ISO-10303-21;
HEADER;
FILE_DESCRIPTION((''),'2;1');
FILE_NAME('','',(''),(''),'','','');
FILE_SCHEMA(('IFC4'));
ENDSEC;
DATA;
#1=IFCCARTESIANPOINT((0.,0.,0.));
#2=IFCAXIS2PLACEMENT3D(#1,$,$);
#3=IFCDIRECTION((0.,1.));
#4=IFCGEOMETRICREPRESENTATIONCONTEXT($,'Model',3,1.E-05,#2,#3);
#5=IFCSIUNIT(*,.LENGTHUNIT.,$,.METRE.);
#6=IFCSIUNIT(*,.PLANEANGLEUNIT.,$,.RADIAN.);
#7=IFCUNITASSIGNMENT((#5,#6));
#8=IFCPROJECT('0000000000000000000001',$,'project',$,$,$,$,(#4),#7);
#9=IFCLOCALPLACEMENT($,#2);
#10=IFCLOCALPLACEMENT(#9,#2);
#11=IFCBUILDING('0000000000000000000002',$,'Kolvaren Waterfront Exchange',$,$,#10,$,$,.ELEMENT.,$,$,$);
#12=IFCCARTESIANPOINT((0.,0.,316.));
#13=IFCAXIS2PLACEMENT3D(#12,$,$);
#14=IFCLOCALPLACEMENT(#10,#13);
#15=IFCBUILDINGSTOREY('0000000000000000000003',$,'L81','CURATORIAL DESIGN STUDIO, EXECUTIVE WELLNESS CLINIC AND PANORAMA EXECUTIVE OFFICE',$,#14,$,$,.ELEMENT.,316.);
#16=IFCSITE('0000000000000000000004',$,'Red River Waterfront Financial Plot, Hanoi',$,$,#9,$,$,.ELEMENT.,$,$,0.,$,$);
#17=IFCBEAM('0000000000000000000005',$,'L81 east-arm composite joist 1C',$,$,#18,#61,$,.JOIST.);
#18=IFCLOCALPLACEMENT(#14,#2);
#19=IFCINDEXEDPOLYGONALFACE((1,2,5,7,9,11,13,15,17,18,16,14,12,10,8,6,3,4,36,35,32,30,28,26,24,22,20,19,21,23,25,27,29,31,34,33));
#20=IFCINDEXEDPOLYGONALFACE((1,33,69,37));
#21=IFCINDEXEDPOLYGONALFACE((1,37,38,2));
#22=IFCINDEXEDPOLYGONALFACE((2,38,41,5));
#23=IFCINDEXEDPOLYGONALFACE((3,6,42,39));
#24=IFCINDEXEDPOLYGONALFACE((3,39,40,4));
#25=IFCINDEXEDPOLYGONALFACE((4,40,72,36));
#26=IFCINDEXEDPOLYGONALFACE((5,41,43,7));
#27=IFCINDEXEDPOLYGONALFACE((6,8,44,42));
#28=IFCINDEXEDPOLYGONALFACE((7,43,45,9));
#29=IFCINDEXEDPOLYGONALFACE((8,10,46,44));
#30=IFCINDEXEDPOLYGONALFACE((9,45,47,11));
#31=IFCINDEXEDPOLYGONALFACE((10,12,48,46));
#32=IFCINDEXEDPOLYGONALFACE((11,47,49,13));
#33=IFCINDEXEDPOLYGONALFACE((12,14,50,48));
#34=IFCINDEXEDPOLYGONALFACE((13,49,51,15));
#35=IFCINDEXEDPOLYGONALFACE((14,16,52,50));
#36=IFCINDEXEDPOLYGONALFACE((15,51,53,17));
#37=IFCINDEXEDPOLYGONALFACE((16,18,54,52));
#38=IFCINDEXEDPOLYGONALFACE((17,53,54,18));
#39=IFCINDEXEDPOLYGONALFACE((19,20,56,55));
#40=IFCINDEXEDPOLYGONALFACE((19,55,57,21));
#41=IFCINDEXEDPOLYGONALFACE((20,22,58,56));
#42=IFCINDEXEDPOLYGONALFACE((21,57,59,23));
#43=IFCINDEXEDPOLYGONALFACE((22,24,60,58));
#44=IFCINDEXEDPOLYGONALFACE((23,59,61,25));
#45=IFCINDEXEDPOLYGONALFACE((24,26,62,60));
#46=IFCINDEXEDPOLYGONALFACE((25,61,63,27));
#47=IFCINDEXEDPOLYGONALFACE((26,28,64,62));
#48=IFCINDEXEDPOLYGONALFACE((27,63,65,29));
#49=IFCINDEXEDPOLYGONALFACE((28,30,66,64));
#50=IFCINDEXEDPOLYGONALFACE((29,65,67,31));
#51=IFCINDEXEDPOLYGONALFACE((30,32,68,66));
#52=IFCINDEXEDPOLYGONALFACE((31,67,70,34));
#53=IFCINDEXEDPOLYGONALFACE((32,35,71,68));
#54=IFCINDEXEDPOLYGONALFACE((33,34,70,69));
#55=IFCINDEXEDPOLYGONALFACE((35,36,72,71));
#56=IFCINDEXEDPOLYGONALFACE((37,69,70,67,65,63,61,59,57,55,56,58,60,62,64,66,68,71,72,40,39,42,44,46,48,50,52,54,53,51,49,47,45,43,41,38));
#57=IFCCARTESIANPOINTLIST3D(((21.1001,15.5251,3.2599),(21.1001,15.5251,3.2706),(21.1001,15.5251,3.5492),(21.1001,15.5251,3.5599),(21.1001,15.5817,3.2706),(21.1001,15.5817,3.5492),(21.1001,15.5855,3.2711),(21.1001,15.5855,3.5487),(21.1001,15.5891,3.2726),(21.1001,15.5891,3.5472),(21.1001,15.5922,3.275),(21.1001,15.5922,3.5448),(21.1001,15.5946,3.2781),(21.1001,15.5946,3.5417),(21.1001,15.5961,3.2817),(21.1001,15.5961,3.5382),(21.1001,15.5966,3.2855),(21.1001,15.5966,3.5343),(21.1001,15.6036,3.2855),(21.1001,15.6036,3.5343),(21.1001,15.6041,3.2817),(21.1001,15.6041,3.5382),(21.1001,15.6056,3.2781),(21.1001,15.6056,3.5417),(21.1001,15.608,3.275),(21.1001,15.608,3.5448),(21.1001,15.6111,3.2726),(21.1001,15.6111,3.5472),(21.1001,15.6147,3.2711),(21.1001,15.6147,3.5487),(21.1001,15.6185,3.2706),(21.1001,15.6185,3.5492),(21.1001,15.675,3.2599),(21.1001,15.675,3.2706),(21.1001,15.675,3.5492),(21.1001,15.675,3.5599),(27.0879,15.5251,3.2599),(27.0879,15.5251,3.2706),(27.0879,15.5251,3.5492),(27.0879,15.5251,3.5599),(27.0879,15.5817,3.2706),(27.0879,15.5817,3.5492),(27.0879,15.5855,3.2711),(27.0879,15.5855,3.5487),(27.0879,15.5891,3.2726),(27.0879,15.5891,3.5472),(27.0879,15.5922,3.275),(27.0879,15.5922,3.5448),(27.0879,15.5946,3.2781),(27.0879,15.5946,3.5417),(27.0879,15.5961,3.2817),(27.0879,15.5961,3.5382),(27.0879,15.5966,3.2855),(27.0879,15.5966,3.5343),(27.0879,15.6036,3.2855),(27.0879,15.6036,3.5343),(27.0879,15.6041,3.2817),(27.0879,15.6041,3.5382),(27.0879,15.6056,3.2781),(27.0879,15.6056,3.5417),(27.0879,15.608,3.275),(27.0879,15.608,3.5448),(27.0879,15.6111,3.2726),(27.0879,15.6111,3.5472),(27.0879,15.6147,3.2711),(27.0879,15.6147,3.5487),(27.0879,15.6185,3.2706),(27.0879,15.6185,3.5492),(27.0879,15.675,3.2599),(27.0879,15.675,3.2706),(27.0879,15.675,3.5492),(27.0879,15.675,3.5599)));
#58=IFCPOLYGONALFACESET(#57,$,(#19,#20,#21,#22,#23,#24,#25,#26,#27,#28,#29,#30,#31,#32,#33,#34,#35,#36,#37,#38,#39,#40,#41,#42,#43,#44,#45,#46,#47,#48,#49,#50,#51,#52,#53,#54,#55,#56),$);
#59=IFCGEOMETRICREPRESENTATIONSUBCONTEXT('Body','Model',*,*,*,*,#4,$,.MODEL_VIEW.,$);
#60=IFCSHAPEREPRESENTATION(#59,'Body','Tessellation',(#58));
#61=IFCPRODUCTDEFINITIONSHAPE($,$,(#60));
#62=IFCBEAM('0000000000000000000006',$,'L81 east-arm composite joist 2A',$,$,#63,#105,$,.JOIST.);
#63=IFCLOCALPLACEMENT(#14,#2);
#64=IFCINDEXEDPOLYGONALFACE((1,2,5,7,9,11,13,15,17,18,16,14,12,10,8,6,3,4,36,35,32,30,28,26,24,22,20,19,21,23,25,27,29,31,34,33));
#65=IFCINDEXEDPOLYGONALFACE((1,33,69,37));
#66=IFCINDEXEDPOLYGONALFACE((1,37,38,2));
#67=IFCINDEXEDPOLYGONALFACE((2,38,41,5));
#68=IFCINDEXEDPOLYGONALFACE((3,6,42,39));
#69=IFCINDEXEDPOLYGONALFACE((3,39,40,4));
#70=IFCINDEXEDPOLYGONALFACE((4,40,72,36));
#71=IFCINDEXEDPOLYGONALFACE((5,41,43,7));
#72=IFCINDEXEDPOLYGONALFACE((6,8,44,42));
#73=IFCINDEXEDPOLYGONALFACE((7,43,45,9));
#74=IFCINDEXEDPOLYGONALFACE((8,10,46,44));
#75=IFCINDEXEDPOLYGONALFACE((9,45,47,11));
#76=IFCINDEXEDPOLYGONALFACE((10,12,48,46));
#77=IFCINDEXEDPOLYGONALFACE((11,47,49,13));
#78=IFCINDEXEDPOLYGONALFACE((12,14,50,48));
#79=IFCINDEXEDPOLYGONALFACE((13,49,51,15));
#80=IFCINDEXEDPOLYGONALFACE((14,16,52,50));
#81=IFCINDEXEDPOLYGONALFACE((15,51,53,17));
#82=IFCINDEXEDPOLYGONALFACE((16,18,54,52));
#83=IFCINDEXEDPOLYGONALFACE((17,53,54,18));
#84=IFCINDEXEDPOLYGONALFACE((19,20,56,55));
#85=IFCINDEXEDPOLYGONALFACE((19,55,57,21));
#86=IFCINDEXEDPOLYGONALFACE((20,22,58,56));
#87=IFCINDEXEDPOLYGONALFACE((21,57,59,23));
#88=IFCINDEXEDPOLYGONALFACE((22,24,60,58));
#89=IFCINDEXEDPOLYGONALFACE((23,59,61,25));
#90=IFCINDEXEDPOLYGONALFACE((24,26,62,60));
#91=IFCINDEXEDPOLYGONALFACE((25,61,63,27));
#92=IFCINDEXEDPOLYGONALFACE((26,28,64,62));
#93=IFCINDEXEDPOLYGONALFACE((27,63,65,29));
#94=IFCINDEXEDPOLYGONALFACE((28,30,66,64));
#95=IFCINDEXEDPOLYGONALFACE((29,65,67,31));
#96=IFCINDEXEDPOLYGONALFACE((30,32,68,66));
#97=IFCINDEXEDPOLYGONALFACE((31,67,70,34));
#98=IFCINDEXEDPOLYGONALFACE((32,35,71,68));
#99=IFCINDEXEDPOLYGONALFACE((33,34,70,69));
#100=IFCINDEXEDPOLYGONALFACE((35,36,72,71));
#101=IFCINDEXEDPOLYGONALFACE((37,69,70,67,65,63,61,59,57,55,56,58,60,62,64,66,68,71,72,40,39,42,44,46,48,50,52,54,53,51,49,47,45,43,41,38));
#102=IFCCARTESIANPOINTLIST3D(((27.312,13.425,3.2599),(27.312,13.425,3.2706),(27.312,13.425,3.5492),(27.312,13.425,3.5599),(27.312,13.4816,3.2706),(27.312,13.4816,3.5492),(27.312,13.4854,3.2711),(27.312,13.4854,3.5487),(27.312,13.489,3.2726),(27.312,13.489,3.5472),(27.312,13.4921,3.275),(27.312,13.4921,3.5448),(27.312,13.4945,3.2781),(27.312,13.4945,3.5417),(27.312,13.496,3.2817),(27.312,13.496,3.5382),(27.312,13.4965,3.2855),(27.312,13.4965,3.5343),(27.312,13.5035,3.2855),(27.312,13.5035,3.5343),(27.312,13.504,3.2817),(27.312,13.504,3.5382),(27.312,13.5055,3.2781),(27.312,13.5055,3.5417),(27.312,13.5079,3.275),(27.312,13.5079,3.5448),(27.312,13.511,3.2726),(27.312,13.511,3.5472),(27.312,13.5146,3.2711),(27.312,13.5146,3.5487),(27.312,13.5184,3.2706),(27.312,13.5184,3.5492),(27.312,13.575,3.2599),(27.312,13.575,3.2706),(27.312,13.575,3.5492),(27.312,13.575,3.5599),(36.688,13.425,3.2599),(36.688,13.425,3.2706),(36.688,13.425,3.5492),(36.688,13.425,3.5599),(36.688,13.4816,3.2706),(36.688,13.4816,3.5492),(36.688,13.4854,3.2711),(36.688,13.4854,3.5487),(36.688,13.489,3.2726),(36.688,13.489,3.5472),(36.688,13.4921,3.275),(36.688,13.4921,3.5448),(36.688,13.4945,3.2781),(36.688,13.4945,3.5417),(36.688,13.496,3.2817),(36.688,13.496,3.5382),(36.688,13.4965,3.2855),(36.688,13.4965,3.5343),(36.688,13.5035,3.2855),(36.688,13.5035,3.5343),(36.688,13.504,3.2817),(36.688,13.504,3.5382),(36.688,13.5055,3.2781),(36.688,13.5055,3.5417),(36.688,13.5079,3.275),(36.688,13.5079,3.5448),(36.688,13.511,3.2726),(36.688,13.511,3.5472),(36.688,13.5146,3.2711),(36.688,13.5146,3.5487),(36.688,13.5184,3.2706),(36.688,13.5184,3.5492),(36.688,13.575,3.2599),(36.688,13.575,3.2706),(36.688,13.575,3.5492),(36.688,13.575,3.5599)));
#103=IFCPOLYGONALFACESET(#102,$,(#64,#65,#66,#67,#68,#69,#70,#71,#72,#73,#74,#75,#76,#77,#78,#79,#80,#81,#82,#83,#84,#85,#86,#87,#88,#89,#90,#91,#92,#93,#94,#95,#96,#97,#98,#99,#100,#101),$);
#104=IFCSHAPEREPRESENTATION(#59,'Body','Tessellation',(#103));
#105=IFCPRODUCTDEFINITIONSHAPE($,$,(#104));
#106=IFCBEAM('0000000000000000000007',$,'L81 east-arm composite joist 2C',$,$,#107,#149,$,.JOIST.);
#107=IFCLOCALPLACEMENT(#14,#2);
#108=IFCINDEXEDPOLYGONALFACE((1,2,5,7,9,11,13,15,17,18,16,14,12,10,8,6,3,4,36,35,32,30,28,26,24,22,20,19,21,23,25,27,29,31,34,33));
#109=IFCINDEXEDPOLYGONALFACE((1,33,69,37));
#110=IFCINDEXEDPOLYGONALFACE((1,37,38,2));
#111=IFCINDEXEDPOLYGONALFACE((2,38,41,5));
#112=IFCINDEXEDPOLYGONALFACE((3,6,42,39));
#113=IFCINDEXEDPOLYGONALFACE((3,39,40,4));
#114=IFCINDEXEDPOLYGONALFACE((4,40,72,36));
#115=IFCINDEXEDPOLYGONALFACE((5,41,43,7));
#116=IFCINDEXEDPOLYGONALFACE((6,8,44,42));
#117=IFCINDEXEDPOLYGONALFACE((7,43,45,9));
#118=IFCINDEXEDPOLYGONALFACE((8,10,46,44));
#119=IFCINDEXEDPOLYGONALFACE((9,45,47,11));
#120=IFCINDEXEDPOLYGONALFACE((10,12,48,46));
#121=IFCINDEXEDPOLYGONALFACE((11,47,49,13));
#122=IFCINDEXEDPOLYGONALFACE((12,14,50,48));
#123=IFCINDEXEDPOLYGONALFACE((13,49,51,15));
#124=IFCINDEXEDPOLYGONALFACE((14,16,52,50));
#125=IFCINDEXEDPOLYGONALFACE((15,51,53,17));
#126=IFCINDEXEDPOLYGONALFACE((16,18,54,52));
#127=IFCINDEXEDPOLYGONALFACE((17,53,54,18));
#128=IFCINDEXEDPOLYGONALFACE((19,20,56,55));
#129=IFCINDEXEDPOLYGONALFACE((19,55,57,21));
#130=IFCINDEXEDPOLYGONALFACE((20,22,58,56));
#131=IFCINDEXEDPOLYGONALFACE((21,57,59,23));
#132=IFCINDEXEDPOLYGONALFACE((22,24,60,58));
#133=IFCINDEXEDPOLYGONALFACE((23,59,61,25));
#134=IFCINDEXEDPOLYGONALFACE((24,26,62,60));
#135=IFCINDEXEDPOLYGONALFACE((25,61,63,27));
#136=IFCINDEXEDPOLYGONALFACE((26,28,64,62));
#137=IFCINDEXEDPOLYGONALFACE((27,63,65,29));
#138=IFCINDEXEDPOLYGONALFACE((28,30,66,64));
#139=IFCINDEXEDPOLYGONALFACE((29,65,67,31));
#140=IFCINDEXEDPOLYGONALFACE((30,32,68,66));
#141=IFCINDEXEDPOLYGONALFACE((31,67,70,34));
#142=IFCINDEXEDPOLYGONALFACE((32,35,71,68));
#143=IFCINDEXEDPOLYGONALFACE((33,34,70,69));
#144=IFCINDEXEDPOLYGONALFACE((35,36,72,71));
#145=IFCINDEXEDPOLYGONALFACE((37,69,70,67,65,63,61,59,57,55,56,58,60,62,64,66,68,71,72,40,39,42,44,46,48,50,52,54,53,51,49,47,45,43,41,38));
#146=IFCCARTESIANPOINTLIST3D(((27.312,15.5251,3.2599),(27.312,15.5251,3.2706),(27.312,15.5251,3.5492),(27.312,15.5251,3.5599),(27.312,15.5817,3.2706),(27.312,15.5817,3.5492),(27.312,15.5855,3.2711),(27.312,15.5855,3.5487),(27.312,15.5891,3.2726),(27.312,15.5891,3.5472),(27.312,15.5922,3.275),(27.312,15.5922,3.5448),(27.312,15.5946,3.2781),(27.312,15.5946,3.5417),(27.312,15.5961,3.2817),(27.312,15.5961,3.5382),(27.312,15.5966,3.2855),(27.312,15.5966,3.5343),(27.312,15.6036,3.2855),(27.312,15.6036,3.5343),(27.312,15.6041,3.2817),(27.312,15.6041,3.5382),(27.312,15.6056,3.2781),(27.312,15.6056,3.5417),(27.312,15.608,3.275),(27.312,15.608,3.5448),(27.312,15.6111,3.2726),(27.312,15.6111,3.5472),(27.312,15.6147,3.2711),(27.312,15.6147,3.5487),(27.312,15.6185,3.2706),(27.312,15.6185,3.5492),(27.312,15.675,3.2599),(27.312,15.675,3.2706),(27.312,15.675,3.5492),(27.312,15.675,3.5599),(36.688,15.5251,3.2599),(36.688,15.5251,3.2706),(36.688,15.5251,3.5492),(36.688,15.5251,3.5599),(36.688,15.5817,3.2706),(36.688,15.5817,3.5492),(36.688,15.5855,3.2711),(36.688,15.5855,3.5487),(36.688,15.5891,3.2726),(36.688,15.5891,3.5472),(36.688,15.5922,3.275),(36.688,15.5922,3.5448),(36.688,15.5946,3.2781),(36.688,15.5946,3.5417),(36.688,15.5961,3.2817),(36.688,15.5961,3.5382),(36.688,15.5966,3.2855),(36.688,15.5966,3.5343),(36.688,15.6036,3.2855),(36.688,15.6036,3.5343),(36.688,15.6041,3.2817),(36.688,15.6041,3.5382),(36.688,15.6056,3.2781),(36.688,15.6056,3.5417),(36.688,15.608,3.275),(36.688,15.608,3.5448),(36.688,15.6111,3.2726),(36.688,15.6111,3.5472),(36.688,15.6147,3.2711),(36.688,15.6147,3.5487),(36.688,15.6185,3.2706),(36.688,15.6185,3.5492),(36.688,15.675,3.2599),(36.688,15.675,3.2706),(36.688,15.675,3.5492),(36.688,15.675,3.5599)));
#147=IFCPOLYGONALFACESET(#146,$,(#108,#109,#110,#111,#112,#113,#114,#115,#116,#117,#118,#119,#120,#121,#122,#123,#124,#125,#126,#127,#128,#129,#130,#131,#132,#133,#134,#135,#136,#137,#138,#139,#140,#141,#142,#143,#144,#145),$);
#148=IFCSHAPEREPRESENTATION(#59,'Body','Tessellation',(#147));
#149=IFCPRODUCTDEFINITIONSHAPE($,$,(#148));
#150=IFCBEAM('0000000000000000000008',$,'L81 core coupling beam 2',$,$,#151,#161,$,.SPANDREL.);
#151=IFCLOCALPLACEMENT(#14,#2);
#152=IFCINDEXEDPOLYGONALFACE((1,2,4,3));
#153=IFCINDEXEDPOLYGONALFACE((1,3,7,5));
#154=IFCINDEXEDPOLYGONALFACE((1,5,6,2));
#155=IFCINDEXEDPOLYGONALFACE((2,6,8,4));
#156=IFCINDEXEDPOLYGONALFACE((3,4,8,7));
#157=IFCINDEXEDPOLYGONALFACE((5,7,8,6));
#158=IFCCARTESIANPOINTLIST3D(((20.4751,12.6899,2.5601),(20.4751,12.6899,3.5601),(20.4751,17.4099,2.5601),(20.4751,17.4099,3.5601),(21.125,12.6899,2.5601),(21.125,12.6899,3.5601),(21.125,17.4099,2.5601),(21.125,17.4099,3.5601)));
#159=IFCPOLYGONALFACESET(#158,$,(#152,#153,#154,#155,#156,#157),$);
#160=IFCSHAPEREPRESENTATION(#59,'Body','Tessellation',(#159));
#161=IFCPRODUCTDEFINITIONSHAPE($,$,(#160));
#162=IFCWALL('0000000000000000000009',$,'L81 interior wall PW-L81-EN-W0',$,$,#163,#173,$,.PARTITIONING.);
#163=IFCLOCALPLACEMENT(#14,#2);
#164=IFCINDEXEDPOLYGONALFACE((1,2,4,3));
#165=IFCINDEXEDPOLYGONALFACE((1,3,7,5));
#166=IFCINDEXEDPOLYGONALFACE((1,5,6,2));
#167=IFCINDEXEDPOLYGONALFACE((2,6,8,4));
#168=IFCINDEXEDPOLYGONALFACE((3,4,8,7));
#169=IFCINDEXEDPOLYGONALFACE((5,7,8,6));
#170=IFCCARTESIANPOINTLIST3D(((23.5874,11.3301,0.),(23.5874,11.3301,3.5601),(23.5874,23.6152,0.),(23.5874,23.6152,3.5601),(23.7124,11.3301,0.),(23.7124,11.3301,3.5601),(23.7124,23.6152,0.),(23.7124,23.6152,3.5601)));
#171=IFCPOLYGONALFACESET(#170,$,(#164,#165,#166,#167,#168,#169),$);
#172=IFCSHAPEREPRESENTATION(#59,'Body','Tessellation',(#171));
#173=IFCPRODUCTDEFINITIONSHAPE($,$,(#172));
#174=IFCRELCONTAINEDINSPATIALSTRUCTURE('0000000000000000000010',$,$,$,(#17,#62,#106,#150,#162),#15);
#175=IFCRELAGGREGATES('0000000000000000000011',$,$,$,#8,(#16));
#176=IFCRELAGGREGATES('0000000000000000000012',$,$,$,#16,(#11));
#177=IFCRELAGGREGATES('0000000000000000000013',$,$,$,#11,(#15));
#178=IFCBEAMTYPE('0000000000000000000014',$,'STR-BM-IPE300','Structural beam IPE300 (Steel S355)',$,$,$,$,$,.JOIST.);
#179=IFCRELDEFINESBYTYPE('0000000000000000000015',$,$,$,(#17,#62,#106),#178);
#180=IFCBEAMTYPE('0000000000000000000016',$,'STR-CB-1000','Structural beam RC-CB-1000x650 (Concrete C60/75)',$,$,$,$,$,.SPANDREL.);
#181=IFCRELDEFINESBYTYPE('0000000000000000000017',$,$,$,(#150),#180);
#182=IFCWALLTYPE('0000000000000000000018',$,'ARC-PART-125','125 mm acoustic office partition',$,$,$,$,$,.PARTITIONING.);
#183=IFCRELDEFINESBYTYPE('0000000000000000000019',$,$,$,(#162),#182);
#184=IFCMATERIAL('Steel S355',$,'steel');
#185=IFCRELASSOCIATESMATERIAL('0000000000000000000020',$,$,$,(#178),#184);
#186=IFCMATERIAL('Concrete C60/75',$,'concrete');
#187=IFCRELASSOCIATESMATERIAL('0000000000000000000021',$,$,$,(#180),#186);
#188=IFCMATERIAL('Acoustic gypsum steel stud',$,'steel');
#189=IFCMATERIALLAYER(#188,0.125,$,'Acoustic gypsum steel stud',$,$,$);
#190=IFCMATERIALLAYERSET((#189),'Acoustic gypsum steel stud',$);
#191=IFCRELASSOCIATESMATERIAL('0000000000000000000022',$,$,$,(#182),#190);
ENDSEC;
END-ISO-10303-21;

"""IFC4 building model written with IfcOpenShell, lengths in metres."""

from ifc_helpers import new_model, si_unit, direction, frame, frame_2d, origin, origin_2d, place, context, subcontext, project, spatial, rectangle, i_section, extrude, material, layer, layer_set, material_profile, profile_set, type_object, element, save


model = new_model("IFC4")

# Units and contexts
model_context = context("Model", 3, precision=1e-05, world=origin(), true_north=direction((0.0, 1.0)))
body_context = subcontext(model_context, "Body", "Model", "MODEL_VIEW")
ifc_project = project(units=[si_unit("LENGTHUNIT", "METRE"), si_unit("PLANEANGLEUNIT", "RADIAN")], contexts=[model_context])

# Site, building, storey
site_placement = place(None, origin())
site = spatial("IfcSite", under=ifc_project, at=site_placement, Name="Red River Waterfront Financial Plot, Hanoi", CompositionType="ELEMENT", RefElevation=0.0)
building_placement = place(site_placement, origin())
building = spatial("IfcBuilding", under=site, at=building_placement, Name="Kolvaren Waterfront Exchange", CompositionType="ELEMENT")
storey_placement = place(building_placement, frame((0.0, 0.0, 316.0)))
storey = spatial("IfcBuildingStorey", under=building, at=storey_placement, Name="L81", Description="CURATORIAL DESIGN STUDIO, EXECUTIVE WELLNESS CLINIC AND PANORAMA EXECUTIVE OFFICE", CompositionType="ELEMENT", Elevation=316.0)

# Beams
ifc_material_1 = material(Name="Steel S355", Category="steel")
ifc_material_profile_1 = material_profile(ifc_material_1, i_section(OverallWidth=0.1499, OverallDepth=0.3, WebThickness=0.0071, FlangeThickness=0.0107, FilletRadius=0.0149, at=origin_2d()), Name="IPE300")
ifc_profile_set_1 = profile_set([ifc_material_profile_1], Name="Steel S355")
beam_type_1 = type_object("IfcBeamType", Name="STR-BM-IPE300", Description="Structural beam IPE300 (Steel S355)", PredefinedType="JOIST", material=ifc_profile_set_1)
for number, where, z_axis, x_axis, name in (
    (1, (21.1001, 15.6001, 3.4099), (1.0, 0.0, 0.0), (0.0, 1.0, 0.0), "L81 east-arm composite joist 1C"),
):
    element("IfcBeam", number, at=place(storey_placement, frame(where, z_axis=z_axis, x_axis=x_axis)), inside=storey, type_object=beam_type_1, Name=name, PredefinedType="JOIST", context=body_context, shape_type="SweptSolid", body=[
        extrude(i_section(OverallWidth=0.1499, OverallDepth=0.3, WebThickness=0.0071, FlangeThickness=0.0107, FilletRadius=0.0149, at=origin_2d()), origin(), (0.0, 0.0, 1.0), 5.9878),
    ])
for number, where, z_axis, x_axis, name in (
    (2, (27.312, 13.5, 3.4099), (1.0, 0.0, 0.0), (0.0, 1.0, 0.0), "L81 east-arm composite joist 2A"),
    (3, (27.312, 15.6001, 3.4099), (1.0, 0.0, 0.0), (0.0, 1.0, 0.0), "L81 east-arm composite joist 2C"),
):
    element("IfcBeam", number, at=place(storey_placement, frame(where, z_axis=z_axis, x_axis=x_axis)), inside=storey, type_object=beam_type_1, Name=name, PredefinedType="JOIST", context=body_context, shape_type="SweptSolid", body=[
        extrude(i_section(OverallWidth=0.1499, OverallDepth=0.3, WebThickness=0.0071, FlangeThickness=0.0107, FilletRadius=0.0149, at=origin_2d()), origin(), (0.0, 0.0, 1.0), 9.376),
    ])
ifc_material_2 = material(Name="Concrete C60/75", Category="concrete")
ifc_material_profile_2 = material_profile(ifc_material_2, rectangle(XDim=0.6499, YDim=1.0, at=origin_2d()), Name="RC-CB-1000x650")
ifc_profile_set_2 = profile_set([ifc_material_profile_2], Name="Concrete C60/75")
beam_type_2 = type_object("IfcBeamType", Name="STR-CB-1000", Description="Structural beam RC-CB-1000x650 (Concrete C60/75)", PredefinedType="SPANDREL", material=ifc_profile_set_2)
beam_1_placement = place(storey_placement, frame((20.8, 12.6899, 3.0601), z_axis=(0.0, 1.0, 0.0), x_axis=(-1.0, 0.0, 0.0)))
element("IfcBeam", 4, at=beam_1_placement, inside=storey, type_object=beam_type_2, Name="L81 core coupling beam 2", PredefinedType="SPANDREL", context=body_context, shape_type="SweptSolid", body=[
    extrude(rectangle(XDim=0.6499, YDim=1.0, at=origin_2d()), origin(), (0.0, 0.0, 1.0), 4.72),
])

# Wall
ifc_material_3 = material(Name="Acoustic gypsum steel stud", Category="steel")
ifc_layer_1 = layer(ifc_material_3, 0.125, Name="Acoustic gypsum steel stud")
ifc_layer_set_1 = layer_set([ifc_layer_1], Name="Acoustic gypsum steel stud")
wall_type_1 = type_object("IfcWallType", Name="ARC-PART-125", Description="125 mm acoustic office partition", PredefinedType="PARTITIONING", material=ifc_layer_set_1)
wall_1_placement = place(storey_placement, frame((23.6499, 11.3301, 0.0), z_axis=(0.0, 0.0, 1.0), x_axis=(0.0, 1.0, 0.0)))
element("IfcWall", 5, at=wall_1_placement, inside=storey, type_object=wall_type_1, Name="L81 interior wall PW-L81-EN-W0", PredefinedType="PARTITIONING", context=body_context, shape_type="SweptSolid", body=[
    extrude(rectangle(XDim=12.2852, YDim=0.125, at=frame_2d((6.1426, 0.0))), origin(), (0.0, 0.0, 1.0), 3.5601),
])

save(model, "model.ifc")
